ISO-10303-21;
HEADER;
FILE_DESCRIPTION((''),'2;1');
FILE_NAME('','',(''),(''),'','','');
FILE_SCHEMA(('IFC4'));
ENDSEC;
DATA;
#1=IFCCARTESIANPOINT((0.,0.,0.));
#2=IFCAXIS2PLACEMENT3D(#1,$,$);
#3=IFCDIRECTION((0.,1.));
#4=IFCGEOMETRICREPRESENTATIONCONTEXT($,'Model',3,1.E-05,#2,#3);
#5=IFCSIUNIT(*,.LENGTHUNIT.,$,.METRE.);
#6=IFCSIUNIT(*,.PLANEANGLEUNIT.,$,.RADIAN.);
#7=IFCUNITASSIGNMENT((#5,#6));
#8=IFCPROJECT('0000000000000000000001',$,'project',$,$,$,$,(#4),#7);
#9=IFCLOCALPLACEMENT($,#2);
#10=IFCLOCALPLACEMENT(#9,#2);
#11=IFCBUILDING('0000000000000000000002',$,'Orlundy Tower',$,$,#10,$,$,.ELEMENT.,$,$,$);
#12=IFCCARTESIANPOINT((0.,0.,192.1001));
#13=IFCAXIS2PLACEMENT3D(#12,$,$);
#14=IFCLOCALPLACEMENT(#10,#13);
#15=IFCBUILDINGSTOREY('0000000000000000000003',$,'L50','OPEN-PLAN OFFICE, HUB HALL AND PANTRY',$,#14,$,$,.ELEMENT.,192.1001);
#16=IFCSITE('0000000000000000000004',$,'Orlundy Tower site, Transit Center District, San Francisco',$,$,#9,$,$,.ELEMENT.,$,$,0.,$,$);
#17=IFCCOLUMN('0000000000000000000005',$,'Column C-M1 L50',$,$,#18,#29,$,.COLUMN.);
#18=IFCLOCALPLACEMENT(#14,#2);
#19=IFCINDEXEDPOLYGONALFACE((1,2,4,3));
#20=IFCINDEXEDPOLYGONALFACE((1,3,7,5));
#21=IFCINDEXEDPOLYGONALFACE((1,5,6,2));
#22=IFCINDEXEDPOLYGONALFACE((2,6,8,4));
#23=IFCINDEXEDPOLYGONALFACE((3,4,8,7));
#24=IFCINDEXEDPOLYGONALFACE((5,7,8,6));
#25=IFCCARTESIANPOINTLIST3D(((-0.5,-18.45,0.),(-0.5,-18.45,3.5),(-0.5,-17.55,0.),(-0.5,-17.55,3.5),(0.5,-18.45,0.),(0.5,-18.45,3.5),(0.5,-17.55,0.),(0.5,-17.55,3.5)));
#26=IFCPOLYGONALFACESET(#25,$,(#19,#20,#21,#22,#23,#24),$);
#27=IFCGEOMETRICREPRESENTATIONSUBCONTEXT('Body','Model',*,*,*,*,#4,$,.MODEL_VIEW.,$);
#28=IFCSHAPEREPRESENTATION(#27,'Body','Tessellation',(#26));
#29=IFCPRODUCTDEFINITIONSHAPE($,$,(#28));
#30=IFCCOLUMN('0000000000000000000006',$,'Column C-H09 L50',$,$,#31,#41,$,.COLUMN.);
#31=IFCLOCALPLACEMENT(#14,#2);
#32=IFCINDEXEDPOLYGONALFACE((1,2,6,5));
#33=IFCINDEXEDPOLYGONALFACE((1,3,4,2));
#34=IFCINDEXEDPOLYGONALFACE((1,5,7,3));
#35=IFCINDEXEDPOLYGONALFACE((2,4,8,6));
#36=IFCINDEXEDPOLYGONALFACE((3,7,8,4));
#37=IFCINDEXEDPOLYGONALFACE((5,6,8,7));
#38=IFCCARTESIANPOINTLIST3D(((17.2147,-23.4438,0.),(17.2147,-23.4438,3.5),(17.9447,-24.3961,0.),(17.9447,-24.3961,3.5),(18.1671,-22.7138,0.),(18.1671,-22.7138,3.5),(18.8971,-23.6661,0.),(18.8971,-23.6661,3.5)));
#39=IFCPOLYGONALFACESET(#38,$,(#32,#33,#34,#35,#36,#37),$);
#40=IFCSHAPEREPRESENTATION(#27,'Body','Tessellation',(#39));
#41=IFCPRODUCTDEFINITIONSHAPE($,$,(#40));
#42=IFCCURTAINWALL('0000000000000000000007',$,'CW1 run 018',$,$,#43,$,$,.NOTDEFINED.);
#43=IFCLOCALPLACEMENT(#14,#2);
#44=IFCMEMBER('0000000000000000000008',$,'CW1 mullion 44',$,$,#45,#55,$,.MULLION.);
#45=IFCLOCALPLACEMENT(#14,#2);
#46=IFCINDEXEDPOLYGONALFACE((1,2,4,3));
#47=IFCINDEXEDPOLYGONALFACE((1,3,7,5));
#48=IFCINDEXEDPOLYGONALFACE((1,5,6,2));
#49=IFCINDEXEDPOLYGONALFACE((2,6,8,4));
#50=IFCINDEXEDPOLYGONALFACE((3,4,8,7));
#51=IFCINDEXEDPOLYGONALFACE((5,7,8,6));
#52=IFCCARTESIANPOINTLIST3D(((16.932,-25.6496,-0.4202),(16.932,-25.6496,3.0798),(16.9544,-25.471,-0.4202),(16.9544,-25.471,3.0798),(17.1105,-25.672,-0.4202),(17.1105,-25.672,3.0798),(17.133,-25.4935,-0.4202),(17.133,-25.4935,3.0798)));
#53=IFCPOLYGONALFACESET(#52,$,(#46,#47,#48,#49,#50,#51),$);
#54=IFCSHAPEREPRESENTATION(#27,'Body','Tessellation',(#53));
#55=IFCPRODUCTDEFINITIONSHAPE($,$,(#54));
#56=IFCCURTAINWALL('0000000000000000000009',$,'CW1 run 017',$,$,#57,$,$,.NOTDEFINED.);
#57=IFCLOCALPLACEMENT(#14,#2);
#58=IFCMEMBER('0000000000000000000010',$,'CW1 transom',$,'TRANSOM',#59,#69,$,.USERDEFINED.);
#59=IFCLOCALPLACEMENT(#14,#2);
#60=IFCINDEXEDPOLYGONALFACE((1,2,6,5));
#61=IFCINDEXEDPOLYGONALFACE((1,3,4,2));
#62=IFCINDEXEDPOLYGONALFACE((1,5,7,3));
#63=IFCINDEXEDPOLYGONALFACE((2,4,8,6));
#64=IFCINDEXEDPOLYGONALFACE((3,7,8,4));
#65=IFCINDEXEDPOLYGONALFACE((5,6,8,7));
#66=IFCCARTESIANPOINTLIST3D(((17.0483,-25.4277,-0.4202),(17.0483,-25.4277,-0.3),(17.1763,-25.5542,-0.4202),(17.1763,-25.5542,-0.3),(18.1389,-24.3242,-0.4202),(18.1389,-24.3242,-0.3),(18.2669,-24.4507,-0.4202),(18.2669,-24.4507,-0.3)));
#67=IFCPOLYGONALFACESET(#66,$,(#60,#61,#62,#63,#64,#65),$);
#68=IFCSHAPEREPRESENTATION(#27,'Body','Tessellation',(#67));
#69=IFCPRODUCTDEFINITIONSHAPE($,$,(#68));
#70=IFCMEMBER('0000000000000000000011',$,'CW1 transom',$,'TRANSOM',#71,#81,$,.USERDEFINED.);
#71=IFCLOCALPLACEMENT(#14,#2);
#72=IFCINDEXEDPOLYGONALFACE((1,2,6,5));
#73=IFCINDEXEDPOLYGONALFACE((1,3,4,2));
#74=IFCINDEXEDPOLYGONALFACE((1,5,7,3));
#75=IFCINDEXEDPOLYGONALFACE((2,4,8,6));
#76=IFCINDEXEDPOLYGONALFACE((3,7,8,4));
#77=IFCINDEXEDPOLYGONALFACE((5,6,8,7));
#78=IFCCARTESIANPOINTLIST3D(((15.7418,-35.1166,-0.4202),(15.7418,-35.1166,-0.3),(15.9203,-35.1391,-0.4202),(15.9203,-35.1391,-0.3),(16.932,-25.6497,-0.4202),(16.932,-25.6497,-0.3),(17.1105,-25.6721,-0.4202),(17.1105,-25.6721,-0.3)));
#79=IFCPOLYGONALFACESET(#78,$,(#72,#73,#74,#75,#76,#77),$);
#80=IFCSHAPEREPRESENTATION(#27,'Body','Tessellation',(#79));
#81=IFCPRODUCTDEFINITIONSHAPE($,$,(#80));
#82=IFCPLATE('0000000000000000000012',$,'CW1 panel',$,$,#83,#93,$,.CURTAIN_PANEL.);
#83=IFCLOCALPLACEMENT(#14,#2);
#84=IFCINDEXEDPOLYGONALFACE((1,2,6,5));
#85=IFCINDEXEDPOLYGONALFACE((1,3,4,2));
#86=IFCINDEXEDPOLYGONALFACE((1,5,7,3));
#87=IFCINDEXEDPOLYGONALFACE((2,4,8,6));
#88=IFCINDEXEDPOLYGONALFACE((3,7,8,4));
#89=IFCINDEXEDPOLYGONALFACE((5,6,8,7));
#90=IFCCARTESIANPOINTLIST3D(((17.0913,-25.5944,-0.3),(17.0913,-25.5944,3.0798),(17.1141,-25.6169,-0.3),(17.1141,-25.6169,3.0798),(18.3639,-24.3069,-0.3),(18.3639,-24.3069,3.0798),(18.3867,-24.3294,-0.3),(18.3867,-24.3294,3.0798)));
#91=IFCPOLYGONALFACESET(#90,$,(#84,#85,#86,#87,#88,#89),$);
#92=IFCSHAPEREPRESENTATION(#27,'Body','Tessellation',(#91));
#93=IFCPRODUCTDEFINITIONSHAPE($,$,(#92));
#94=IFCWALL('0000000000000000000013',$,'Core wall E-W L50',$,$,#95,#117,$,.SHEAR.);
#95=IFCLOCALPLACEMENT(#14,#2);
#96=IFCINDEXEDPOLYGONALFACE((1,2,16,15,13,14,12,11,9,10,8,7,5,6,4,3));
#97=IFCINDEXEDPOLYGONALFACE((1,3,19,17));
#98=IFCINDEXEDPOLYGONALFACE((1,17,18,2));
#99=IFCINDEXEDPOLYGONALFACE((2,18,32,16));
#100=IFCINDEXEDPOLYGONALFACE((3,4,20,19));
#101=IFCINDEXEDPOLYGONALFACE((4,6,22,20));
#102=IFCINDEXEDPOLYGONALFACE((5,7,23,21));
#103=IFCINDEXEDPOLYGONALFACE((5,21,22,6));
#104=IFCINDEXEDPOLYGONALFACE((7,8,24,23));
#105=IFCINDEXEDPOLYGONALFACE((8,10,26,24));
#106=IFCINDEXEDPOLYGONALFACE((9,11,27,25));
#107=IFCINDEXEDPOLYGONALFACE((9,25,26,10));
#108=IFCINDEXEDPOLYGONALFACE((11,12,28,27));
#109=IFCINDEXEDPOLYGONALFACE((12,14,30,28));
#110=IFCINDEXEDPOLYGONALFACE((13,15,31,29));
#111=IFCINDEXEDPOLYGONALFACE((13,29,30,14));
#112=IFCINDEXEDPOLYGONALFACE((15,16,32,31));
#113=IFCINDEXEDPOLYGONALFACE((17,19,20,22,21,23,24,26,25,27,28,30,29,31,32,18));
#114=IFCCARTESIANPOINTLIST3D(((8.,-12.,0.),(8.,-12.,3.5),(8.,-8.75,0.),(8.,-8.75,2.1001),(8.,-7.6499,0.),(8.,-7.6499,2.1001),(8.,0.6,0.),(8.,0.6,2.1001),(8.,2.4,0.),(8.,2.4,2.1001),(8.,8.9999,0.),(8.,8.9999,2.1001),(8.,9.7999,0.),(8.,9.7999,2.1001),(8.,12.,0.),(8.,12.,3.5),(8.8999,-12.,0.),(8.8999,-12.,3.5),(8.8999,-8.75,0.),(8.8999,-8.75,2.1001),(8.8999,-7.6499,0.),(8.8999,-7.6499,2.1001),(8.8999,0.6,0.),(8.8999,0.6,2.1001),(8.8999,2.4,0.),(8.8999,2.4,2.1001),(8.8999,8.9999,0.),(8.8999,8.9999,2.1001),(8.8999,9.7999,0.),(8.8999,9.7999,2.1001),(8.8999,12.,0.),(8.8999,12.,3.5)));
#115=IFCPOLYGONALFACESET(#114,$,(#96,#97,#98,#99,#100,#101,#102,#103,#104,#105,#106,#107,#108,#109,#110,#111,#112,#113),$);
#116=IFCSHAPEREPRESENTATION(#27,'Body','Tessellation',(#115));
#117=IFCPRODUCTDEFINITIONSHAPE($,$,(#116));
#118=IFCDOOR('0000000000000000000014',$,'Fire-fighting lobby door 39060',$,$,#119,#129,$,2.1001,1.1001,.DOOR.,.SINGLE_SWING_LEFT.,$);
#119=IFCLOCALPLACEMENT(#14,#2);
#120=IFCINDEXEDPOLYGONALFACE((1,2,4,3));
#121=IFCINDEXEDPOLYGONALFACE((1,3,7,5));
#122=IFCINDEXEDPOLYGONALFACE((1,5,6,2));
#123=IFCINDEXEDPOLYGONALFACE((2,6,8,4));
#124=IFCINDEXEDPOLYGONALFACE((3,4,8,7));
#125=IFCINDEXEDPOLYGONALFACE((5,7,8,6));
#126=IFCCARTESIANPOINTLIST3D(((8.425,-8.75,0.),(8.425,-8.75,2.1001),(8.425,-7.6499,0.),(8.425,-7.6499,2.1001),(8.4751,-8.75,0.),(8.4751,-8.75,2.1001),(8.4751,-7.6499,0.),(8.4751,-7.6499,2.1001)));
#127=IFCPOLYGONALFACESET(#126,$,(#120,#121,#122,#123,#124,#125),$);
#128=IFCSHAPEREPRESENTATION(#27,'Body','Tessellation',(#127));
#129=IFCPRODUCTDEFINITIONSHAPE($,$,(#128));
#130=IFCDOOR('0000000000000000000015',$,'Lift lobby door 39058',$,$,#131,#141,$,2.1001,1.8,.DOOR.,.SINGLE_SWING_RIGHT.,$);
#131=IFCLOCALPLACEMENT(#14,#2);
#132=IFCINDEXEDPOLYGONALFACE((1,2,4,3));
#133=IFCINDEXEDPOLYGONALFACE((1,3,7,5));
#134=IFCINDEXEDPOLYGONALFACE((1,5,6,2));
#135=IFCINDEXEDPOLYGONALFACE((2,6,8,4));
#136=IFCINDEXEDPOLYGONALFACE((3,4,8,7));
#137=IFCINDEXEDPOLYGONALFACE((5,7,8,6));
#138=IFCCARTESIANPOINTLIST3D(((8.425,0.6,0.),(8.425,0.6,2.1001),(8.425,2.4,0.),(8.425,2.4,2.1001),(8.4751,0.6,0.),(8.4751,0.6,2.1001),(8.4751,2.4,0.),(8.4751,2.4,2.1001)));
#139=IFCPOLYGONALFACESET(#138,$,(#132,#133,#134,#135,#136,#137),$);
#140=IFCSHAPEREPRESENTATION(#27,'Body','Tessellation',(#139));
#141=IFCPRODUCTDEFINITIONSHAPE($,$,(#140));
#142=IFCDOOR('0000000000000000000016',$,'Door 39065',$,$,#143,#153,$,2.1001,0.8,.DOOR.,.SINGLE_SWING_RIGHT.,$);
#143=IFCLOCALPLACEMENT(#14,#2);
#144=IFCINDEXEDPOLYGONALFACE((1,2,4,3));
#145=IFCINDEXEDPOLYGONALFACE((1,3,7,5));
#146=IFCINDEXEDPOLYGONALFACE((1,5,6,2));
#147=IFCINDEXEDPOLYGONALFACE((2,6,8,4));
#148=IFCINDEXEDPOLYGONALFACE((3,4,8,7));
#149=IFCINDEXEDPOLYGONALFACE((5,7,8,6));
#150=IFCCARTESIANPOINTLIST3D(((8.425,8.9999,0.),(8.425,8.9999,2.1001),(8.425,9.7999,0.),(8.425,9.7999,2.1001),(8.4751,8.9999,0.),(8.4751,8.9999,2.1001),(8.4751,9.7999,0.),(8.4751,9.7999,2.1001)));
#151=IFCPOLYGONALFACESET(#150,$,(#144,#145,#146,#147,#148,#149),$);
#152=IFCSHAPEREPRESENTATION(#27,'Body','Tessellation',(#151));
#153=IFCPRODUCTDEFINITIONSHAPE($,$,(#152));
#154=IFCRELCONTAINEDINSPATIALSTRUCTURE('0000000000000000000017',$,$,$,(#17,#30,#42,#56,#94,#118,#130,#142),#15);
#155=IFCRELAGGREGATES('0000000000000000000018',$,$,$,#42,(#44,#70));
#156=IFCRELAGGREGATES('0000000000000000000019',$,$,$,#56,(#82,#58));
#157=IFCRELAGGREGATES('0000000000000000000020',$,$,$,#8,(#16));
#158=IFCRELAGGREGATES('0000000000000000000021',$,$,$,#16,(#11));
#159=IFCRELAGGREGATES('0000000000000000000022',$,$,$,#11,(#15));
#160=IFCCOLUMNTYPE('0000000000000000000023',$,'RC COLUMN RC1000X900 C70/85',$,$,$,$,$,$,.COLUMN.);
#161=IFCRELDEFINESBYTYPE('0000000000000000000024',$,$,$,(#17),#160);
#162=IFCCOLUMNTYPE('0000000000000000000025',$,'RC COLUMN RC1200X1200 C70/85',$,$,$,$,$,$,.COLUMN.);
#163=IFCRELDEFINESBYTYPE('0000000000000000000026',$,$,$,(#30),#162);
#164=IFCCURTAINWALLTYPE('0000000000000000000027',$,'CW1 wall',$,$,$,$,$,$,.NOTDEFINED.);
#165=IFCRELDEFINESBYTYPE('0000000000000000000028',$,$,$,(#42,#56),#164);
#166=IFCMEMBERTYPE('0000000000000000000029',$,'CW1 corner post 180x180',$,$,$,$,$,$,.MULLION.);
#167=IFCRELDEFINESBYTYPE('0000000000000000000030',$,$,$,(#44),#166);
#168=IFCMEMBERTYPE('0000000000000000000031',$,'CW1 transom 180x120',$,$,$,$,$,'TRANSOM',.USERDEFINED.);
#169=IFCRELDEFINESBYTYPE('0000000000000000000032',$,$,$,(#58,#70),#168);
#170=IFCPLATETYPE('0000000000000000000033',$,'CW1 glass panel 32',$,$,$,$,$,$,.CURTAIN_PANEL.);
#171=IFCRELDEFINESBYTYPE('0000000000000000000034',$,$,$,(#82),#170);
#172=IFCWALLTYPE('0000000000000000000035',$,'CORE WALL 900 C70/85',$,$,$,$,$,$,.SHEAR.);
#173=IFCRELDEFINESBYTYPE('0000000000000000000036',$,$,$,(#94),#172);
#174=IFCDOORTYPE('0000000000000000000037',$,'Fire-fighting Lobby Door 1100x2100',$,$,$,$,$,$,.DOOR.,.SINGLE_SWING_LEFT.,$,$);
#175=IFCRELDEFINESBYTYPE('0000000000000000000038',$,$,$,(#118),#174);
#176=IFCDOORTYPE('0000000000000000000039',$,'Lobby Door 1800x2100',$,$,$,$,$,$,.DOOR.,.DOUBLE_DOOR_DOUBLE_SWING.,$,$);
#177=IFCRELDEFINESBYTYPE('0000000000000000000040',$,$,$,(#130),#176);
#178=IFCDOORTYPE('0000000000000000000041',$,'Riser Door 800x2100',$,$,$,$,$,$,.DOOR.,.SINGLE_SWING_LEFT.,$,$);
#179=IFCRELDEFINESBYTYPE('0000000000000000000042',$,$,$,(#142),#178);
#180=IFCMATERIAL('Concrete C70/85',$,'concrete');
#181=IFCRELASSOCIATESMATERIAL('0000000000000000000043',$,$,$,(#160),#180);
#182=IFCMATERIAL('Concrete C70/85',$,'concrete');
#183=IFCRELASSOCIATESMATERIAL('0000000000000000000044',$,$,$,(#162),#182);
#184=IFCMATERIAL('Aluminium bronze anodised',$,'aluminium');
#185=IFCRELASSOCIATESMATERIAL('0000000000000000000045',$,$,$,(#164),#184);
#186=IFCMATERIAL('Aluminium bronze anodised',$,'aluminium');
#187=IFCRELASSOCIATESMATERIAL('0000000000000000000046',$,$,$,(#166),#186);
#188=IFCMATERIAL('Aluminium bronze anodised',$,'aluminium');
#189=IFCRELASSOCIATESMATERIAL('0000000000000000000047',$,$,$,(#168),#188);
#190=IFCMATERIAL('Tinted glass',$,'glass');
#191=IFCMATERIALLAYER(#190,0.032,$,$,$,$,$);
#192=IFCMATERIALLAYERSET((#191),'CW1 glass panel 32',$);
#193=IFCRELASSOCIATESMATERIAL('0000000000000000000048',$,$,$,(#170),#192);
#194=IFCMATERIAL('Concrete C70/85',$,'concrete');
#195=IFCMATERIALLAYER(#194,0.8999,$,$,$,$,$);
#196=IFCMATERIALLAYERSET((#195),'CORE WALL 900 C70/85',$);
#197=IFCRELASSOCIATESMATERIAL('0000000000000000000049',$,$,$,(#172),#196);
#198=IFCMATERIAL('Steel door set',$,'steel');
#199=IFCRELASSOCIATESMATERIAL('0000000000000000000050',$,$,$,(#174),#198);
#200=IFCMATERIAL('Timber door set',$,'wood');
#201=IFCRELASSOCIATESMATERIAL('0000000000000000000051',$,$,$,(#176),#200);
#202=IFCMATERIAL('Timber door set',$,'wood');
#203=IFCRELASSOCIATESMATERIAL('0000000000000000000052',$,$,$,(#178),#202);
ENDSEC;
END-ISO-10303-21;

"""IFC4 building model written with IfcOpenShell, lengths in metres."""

from ifc_helpers import new_model, si_unit, direction, frame, frame_2d, origin, origin_2d, place, context, subcontext, project, spatial, rectangle, extrude, material, layer, layer_set, material_profile, profile_set, type_object, element, fill, aggregate, save


model = new_model("IFC4")

# Units and contexts
model_context = context("Model", 3, precision=1e-05, world=origin(), true_north=direction((0.0, 1.0)))
body_context = subcontext(model_context, "Body", "Model", "MODEL_VIEW")
ifc_project = project(units=[si_unit("LENGTHUNIT", "METRE"), si_unit("PLANEANGLEUNIT", "RADIAN")], contexts=[model_context])

# Site, building, storey
site_placement = place(None, origin())
site = spatial("IfcSite", under=ifc_project, at=site_placement, Name="Orlundy Tower site, Transit Center District, San Francisco", CompositionType="ELEMENT", RefElevation=0.0)
building_placement = place(site_placement, origin())
building = spatial("IfcBuilding", under=site, at=building_placement, Name="Orlundy Tower", CompositionType="ELEMENT")
storey_placement = place(building_placement, frame((0.0, 0.0, 192.1001)))
storey = spatial("IfcBuildingStorey", under=building, at=storey_placement, Name="L50", Description="OPEN-PLAN OFFICE, HUB HALL AND PANTRY", CompositionType="ELEMENT", Elevation=192.1001)

# Columns
ifc_material_1 = material(Name="Concrete C70/85", Category="concrete")
ifc_material_profile_1 = material_profile(ifc_material_1, rectangle(XDim=1.0, YDim=0.8999, at=origin_2d()), Name="RC1000X900")
ifc_profile_set_1 = profile_set([ifc_material_profile_1], Name="Concrete C70/85")
column_type_1 = type_object("IfcColumnType", Name="RC COLUMN RC1000X900 C70/85", PredefinedType="COLUMN", material=ifc_profile_set_1)
column_1_placement = place(storey_placement, frame((0.0, -18.0, 0.0), z_axis=(0.0, 0.0, 1.0), x_axis=(1.0, 0.0, 0.0)))
element("IfcColumn", 1, at=column_1_placement, inside=storey, type_object=column_type_1, Name="Column C-M1 L50", PredefinedType="COLUMN", context=body_context, shape_type="SweptSolid", body=[
    extrude(rectangle(XDim=1.0, YDim=0.8999, at=origin_2d()), origin(), (0.0, 0.0, 1.0), 3.5),
])
ifc_material_2 = material(Name="Concrete C70/85", Category="concrete")
ifc_material_profile_2 = material_profile(ifc_material_2, rectangle(XDim=1.2, YDim=1.2, at=origin_2d()), Name="RC1200X1200")
ifc_profile_set_2 = profile_set([ifc_material_profile_2], Name="Concrete C70/85")
column_type_2 = type_object("IfcColumnType", Name="RC COLUMN RC1200X1200 C70/85", PredefinedType="COLUMN", material=ifc_profile_set_2)
column_2_placement = place(storey_placement, frame((18.0559, -23.5549, 0.0), z_axis=(0.0, 0.0, 1.0), x_axis=(0.608374, -0.793651, 0.0)))
element("IfcColumn", 2, at=column_2_placement, inside=storey, type_object=column_type_2, Name="Column C-H09 L50", PredefinedType="COLUMN", context=body_context, shape_type="SweptSolid", body=[
    extrude(rectangle(XDim=1.2, YDim=1.2, at=origin_2d()), origin(), (0.0, 0.0, 1.0), 3.5),
])

# Curtain walls, members
ifc_material_3 = material(Name="Aluminium bronze anodised", Category="aluminium")
curtain_wall_type = type_object("IfcCurtainWallType", Name="CW1 wall", PredefinedType="NOTDEFINED", material=ifc_material_3)
curtain_wall_1_placement = place(storey_placement, origin())
curtain_wall_1 = element("IfcCurtainWall", 3, at=curtain_wall_1_placement, inside=storey, type_object=curtain_wall_type, Name="CW1 run 018", PredefinedType="NOTDEFINED")
ifc_material_4 = material(Name="Aluminium bronze anodised", Category="aluminium")
ifc_material_profile_3 = material_profile(ifc_material_4, rectangle(XDim=0.1799, YDim=0.1799, at=origin_2d()), Name="CW1 corner post 180x180")
ifc_profile_set_3 = profile_set([ifc_material_profile_3], Name="Aluminium bronze anodised")
member_type_1 = type_object("IfcMemberType", Name="CW1 corner post 180x180", PredefinedType="MULLION", material=ifc_profile_set_3)
member_1_placement = place(storey_placement, frame((17.0325, -25.5715, -0.4202), z_axis=(0.0, 0.0, 1.0), x_axis=(0.992189, -0.124742, 0.0)))
member_1 = element("IfcMember", 4, at=member_1_placement, type_object=member_type_1, Name="CW1 mullion 44", PredefinedType="MULLION", context=body_context, shape_type="SweptSolid", body=[
    extrude(rectangle(XDim=0.1799, YDim=0.1799, at=origin_2d()), origin(), (0.0, 0.0, 1.0), 3.5),
])
curtain_wall_2_placement = place(storey_placement, origin())
curtain_wall_2 = element("IfcCurtainWall", 5, at=curtain_wall_2_placement, inside=storey, type_object=curtain_wall_type, Name="CW1 run 017", PredefinedType="NOTDEFINED")
ifc_material_5 = material(Name="Aluminium bronze anodised", Category="aluminium")
ifc_material_profile_4 = material_profile(ifc_material_5, rectangle(XDim=0.1799, YDim=0.1201, at=origin_2d()), Name="CW1 transom 180x120")
ifc_profile_set_4 = profile_set([ifc_material_profile_4], Name="Aluminium bronze anodised")
member_type_2 = type_object("IfcMemberType", Name="CW1 transom 180x120", ElementType="TRANSOM", PredefinedType="USERDEFINED", material=ifc_profile_set_4)
member_2_placement = place(storey_placement, frame((18.2029, -24.3875, -0.3601), z_axis=(-0.702924, -0.711265, 0.0), x_axis=(0.711265, -0.702924, 0.0)))
member_2 = element("IfcMember", 6, at=member_2_placement, type_object=member_type_2, Name="CW1 transom", ObjectType="TRANSOM", PredefinedType="USERDEFINED", context=body_context, shape_type="SweptSolid", body=[
    extrude(rectangle(XDim=0.1799, YDim=0.1201, at=origin_2d()), origin(), (0.0, 0.0, 1.0), 1.5515),
])

# Member
member_3_placement = place(storey_placement, frame((17.0212, -25.6609, -0.3601), z_axis=(-0.124737, -0.99219, 0.0), x_axis=(0.99219, -0.124737, 0.0)))
member_3 = element("IfcMember", 7, at=member_3_placement, type_object=member_type_2, Name="CW1 transom", ObjectType="TRANSOM", PredefinedType="USERDEFINED", context=body_context, shape_type="SweptSolid", body=[
    extrude(rectangle(XDim=0.1799, YDim=0.1201, at=origin_2d()), origin(), (0.0, 0.0, 1.0), 9.5415),
])
aggregate(curtain_wall_1, [member_1, member_3])

# Plate
ifc_material_6 = material(Name="Tinted glass", Category="glass")
ifc_layer_1 = layer(ifc_material_6, 0.032)
ifc_layer_set_1 = layer_set([ifc_layer_1], Name="CW1 glass panel 32")
plate_type = type_object("IfcPlateType", Name="CW1 glass panel 32", PredefinedType="CURTAIN_PANEL", material=ifc_layer_set_1)
plate_placement = place(storey_placement, frame((17.739, -24.9619, -0.3), z_axis=(0.0, 0.0, 1.0), x_axis=(-0.70297, -0.711219, 0.0)))
plate = element("IfcPlate", 8, at=plate_placement, type_object=plate_type, Name="CW1 panel", PredefinedType="CURTAIN_PANEL", context=body_context, shape_type="SweptSolid", body=[
    extrude(rectangle(XDim=1.8103, YDim=0.032, at=origin_2d()), origin(), (0.0, 0.0, 1.0), 3.3799),
])
aggregate(curtain_wall_2, [plate, member_2])

# Wall, openings, doors
ifc_material_7 = material(Name="Concrete C70/85", Category="concrete")
ifc_layer_2 = layer(ifc_material_7, 0.8999)
ifc_layer_set_2 = layer_set([ifc_layer_2], Name="CORE WALL 900 C70/85")
wall_type_1 = type_object("IfcWallType", Name="CORE WALL 900 C70/85", PredefinedType="SHEAR", material=ifc_layer_set_2)
wall_1_placement = place(storey_placement, frame((8.45, -12.0, 0.0), z_axis=(0.0, 0.0, 1.0), x_axis=(0.0, 1.0, 0.0)))
wall_1 = element("IfcWall", 9, at=wall_1_placement, inside=storey, type_object=wall_type_1, Name="Core wall E-W L50", PredefinedType="SHEAR", context=body_context, shape_type="SweptSolid", body=[
    extrude(rectangle(XDim=24.0, YDim=0.8999, at=frame_2d((12.0, 0.0))), origin(), (0.0, 0.0, 1.0), 3.5),
])
opening_1_placement = place(wall_1_placement, frame((12.6001, 0.0, 0.0)))
opening_1 = element("IfcOpeningElement", 10, at=opening_1_placement, cuts=wall_1, PredefinedType="OPENING", context=body_context, shape_type="SweptSolid", body=[
    extrude(rectangle(XDim=1.8, YDim=2.1001, at=frame_2d((0.8999, 1.05))), frame((0.0, 0.46, 0.0), z_axis=(0.0, -1.0, 0.0), x_axis=(1.0, 0.0, 0.0)), (0.0, 0.0, 1.0), 0.9199),
])
opening_2_placement = place(wall_1_placement, frame((3.25, 0.0, 0.0)))
opening_2 = element("IfcOpeningElement", 11, at=opening_2_placement, cuts=wall_1, PredefinedType="OPENING", context=body_context, shape_type="SweptSolid", body=[
    extrude(rectangle(XDim=1.1001, YDim=2.1001, at=frame_2d((0.55, 1.05))), frame((0.0, 0.46, 0.0), z_axis=(0.0, -1.0, 0.0), x_axis=(1.0, 0.0, 0.0)), (0.0, 0.0, 1.0), 0.9199),
])
opening_3_placement = place(wall_1_placement, frame((21.0, 0.0, 0.0)))
opening_3 = element("IfcOpeningElement", 12, at=opening_3_placement, cuts=wall_1, PredefinedType="OPENING", context=body_context, shape_type="SweptSolid", body=[
    extrude(rectangle(XDim=0.8, YDim=2.1001, at=frame_2d((0.3999, 1.05))), frame((0.0, 0.46, 0.0), z_axis=(0.0, -1.0, 0.0), x_axis=(1.0, 0.0, 0.0)), (0.0, 0.0, 1.0), 0.9199),
])
ifc_material_8 = material(Name="Steel door set", Category="steel")
door_type_1 = type_object("IfcDoorType", Name="Fire-fighting Lobby Door 1100x2100", OperationType="SINGLE_SWING_LEFT", PredefinedType="DOOR", material=ifc_material_8)
door_1_placement = place(opening_2_placement, origin())
door_1 = element("IfcDoor", 13, at=door_1_placement, inside=storey, type_object=door_type_1, Name="Fire-fighting lobby door 39060", OperationType="SINGLE_SWING_LEFT", OverallHeight=2.1001, OverallWidth=1.1001, PredefinedType="DOOR", context=body_context, shape_type="SweptSolid", body=[
    extrude(rectangle(XDim=1.1001, YDim=2.1001, at=frame_2d((0.55, 1.05))), frame((0.0, 0.0249, 0.0), z_axis=(0.0, -1.0, 0.0), x_axis=(1.0, 0.0, 0.0)), (0.0, 0.0, 1.0), 0.05),
])
fill(opening_2, door_1)
ifc_material_9 = material(Name="Timber door set", Category="wood")
door_type_2 = type_object("IfcDoorType", Name="Lobby Door 1800x2100", OperationType="DOUBLE_DOOR_DOUBLE_SWING", PredefinedType="DOOR", material=ifc_material_9)
door_2_placement = place(opening_1_placement, origin())
door_2 = element("IfcDoor", 14, at=door_2_placement, inside=storey, type_object=door_type_2, Name="Lift lobby door 39058", OperationType="SINGLE_SWING_RIGHT", OverallHeight=2.1001, OverallWidth=1.8, PredefinedType="DOOR", context=body_context, shape_type="SweptSolid", body=[
    extrude(rectangle(XDim=1.8, YDim=2.1001, at=frame_2d((0.8999, 1.05))), frame((0.0, 0.0249, 0.0), z_axis=(0.0, -1.0, 0.0), x_axis=(1.0, 0.0, 0.0)), (0.0, 0.0, 1.0), 0.05),
])
fill(opening_1, door_2)
ifc_material_10 = material(Name="Timber door set", Category="wood")
door_type_3 = type_object("IfcDoorType", Name="Riser Door 800x2100", OperationType="SINGLE_SWING_LEFT", PredefinedType="DOOR", material=ifc_material_10)
door_3_placement = place(opening_3_placement, origin())
door_3 = element("IfcDoor", 15, at=door_3_placement, inside=storey, type_object=door_type_3, Name="Door 39065", OperationType="SINGLE_SWING_RIGHT", OverallHeight=2.1001, OverallWidth=0.8, PredefinedType="DOOR", context=body_context, shape_type="SweptSolid", body=[
    extrude(rectangle(XDim=0.8, YDim=2.1001, at=frame_2d((0.3999, 1.05))), frame((0.0, 0.0249, 0.0), z_axis=(0.0, -1.0, 0.0), x_axis=(1.0, 0.0, 0.0)), (0.0, 0.0, 1.0), 0.05),
])
fill(opening_3, door_3)

save(model, "model.ifc")
